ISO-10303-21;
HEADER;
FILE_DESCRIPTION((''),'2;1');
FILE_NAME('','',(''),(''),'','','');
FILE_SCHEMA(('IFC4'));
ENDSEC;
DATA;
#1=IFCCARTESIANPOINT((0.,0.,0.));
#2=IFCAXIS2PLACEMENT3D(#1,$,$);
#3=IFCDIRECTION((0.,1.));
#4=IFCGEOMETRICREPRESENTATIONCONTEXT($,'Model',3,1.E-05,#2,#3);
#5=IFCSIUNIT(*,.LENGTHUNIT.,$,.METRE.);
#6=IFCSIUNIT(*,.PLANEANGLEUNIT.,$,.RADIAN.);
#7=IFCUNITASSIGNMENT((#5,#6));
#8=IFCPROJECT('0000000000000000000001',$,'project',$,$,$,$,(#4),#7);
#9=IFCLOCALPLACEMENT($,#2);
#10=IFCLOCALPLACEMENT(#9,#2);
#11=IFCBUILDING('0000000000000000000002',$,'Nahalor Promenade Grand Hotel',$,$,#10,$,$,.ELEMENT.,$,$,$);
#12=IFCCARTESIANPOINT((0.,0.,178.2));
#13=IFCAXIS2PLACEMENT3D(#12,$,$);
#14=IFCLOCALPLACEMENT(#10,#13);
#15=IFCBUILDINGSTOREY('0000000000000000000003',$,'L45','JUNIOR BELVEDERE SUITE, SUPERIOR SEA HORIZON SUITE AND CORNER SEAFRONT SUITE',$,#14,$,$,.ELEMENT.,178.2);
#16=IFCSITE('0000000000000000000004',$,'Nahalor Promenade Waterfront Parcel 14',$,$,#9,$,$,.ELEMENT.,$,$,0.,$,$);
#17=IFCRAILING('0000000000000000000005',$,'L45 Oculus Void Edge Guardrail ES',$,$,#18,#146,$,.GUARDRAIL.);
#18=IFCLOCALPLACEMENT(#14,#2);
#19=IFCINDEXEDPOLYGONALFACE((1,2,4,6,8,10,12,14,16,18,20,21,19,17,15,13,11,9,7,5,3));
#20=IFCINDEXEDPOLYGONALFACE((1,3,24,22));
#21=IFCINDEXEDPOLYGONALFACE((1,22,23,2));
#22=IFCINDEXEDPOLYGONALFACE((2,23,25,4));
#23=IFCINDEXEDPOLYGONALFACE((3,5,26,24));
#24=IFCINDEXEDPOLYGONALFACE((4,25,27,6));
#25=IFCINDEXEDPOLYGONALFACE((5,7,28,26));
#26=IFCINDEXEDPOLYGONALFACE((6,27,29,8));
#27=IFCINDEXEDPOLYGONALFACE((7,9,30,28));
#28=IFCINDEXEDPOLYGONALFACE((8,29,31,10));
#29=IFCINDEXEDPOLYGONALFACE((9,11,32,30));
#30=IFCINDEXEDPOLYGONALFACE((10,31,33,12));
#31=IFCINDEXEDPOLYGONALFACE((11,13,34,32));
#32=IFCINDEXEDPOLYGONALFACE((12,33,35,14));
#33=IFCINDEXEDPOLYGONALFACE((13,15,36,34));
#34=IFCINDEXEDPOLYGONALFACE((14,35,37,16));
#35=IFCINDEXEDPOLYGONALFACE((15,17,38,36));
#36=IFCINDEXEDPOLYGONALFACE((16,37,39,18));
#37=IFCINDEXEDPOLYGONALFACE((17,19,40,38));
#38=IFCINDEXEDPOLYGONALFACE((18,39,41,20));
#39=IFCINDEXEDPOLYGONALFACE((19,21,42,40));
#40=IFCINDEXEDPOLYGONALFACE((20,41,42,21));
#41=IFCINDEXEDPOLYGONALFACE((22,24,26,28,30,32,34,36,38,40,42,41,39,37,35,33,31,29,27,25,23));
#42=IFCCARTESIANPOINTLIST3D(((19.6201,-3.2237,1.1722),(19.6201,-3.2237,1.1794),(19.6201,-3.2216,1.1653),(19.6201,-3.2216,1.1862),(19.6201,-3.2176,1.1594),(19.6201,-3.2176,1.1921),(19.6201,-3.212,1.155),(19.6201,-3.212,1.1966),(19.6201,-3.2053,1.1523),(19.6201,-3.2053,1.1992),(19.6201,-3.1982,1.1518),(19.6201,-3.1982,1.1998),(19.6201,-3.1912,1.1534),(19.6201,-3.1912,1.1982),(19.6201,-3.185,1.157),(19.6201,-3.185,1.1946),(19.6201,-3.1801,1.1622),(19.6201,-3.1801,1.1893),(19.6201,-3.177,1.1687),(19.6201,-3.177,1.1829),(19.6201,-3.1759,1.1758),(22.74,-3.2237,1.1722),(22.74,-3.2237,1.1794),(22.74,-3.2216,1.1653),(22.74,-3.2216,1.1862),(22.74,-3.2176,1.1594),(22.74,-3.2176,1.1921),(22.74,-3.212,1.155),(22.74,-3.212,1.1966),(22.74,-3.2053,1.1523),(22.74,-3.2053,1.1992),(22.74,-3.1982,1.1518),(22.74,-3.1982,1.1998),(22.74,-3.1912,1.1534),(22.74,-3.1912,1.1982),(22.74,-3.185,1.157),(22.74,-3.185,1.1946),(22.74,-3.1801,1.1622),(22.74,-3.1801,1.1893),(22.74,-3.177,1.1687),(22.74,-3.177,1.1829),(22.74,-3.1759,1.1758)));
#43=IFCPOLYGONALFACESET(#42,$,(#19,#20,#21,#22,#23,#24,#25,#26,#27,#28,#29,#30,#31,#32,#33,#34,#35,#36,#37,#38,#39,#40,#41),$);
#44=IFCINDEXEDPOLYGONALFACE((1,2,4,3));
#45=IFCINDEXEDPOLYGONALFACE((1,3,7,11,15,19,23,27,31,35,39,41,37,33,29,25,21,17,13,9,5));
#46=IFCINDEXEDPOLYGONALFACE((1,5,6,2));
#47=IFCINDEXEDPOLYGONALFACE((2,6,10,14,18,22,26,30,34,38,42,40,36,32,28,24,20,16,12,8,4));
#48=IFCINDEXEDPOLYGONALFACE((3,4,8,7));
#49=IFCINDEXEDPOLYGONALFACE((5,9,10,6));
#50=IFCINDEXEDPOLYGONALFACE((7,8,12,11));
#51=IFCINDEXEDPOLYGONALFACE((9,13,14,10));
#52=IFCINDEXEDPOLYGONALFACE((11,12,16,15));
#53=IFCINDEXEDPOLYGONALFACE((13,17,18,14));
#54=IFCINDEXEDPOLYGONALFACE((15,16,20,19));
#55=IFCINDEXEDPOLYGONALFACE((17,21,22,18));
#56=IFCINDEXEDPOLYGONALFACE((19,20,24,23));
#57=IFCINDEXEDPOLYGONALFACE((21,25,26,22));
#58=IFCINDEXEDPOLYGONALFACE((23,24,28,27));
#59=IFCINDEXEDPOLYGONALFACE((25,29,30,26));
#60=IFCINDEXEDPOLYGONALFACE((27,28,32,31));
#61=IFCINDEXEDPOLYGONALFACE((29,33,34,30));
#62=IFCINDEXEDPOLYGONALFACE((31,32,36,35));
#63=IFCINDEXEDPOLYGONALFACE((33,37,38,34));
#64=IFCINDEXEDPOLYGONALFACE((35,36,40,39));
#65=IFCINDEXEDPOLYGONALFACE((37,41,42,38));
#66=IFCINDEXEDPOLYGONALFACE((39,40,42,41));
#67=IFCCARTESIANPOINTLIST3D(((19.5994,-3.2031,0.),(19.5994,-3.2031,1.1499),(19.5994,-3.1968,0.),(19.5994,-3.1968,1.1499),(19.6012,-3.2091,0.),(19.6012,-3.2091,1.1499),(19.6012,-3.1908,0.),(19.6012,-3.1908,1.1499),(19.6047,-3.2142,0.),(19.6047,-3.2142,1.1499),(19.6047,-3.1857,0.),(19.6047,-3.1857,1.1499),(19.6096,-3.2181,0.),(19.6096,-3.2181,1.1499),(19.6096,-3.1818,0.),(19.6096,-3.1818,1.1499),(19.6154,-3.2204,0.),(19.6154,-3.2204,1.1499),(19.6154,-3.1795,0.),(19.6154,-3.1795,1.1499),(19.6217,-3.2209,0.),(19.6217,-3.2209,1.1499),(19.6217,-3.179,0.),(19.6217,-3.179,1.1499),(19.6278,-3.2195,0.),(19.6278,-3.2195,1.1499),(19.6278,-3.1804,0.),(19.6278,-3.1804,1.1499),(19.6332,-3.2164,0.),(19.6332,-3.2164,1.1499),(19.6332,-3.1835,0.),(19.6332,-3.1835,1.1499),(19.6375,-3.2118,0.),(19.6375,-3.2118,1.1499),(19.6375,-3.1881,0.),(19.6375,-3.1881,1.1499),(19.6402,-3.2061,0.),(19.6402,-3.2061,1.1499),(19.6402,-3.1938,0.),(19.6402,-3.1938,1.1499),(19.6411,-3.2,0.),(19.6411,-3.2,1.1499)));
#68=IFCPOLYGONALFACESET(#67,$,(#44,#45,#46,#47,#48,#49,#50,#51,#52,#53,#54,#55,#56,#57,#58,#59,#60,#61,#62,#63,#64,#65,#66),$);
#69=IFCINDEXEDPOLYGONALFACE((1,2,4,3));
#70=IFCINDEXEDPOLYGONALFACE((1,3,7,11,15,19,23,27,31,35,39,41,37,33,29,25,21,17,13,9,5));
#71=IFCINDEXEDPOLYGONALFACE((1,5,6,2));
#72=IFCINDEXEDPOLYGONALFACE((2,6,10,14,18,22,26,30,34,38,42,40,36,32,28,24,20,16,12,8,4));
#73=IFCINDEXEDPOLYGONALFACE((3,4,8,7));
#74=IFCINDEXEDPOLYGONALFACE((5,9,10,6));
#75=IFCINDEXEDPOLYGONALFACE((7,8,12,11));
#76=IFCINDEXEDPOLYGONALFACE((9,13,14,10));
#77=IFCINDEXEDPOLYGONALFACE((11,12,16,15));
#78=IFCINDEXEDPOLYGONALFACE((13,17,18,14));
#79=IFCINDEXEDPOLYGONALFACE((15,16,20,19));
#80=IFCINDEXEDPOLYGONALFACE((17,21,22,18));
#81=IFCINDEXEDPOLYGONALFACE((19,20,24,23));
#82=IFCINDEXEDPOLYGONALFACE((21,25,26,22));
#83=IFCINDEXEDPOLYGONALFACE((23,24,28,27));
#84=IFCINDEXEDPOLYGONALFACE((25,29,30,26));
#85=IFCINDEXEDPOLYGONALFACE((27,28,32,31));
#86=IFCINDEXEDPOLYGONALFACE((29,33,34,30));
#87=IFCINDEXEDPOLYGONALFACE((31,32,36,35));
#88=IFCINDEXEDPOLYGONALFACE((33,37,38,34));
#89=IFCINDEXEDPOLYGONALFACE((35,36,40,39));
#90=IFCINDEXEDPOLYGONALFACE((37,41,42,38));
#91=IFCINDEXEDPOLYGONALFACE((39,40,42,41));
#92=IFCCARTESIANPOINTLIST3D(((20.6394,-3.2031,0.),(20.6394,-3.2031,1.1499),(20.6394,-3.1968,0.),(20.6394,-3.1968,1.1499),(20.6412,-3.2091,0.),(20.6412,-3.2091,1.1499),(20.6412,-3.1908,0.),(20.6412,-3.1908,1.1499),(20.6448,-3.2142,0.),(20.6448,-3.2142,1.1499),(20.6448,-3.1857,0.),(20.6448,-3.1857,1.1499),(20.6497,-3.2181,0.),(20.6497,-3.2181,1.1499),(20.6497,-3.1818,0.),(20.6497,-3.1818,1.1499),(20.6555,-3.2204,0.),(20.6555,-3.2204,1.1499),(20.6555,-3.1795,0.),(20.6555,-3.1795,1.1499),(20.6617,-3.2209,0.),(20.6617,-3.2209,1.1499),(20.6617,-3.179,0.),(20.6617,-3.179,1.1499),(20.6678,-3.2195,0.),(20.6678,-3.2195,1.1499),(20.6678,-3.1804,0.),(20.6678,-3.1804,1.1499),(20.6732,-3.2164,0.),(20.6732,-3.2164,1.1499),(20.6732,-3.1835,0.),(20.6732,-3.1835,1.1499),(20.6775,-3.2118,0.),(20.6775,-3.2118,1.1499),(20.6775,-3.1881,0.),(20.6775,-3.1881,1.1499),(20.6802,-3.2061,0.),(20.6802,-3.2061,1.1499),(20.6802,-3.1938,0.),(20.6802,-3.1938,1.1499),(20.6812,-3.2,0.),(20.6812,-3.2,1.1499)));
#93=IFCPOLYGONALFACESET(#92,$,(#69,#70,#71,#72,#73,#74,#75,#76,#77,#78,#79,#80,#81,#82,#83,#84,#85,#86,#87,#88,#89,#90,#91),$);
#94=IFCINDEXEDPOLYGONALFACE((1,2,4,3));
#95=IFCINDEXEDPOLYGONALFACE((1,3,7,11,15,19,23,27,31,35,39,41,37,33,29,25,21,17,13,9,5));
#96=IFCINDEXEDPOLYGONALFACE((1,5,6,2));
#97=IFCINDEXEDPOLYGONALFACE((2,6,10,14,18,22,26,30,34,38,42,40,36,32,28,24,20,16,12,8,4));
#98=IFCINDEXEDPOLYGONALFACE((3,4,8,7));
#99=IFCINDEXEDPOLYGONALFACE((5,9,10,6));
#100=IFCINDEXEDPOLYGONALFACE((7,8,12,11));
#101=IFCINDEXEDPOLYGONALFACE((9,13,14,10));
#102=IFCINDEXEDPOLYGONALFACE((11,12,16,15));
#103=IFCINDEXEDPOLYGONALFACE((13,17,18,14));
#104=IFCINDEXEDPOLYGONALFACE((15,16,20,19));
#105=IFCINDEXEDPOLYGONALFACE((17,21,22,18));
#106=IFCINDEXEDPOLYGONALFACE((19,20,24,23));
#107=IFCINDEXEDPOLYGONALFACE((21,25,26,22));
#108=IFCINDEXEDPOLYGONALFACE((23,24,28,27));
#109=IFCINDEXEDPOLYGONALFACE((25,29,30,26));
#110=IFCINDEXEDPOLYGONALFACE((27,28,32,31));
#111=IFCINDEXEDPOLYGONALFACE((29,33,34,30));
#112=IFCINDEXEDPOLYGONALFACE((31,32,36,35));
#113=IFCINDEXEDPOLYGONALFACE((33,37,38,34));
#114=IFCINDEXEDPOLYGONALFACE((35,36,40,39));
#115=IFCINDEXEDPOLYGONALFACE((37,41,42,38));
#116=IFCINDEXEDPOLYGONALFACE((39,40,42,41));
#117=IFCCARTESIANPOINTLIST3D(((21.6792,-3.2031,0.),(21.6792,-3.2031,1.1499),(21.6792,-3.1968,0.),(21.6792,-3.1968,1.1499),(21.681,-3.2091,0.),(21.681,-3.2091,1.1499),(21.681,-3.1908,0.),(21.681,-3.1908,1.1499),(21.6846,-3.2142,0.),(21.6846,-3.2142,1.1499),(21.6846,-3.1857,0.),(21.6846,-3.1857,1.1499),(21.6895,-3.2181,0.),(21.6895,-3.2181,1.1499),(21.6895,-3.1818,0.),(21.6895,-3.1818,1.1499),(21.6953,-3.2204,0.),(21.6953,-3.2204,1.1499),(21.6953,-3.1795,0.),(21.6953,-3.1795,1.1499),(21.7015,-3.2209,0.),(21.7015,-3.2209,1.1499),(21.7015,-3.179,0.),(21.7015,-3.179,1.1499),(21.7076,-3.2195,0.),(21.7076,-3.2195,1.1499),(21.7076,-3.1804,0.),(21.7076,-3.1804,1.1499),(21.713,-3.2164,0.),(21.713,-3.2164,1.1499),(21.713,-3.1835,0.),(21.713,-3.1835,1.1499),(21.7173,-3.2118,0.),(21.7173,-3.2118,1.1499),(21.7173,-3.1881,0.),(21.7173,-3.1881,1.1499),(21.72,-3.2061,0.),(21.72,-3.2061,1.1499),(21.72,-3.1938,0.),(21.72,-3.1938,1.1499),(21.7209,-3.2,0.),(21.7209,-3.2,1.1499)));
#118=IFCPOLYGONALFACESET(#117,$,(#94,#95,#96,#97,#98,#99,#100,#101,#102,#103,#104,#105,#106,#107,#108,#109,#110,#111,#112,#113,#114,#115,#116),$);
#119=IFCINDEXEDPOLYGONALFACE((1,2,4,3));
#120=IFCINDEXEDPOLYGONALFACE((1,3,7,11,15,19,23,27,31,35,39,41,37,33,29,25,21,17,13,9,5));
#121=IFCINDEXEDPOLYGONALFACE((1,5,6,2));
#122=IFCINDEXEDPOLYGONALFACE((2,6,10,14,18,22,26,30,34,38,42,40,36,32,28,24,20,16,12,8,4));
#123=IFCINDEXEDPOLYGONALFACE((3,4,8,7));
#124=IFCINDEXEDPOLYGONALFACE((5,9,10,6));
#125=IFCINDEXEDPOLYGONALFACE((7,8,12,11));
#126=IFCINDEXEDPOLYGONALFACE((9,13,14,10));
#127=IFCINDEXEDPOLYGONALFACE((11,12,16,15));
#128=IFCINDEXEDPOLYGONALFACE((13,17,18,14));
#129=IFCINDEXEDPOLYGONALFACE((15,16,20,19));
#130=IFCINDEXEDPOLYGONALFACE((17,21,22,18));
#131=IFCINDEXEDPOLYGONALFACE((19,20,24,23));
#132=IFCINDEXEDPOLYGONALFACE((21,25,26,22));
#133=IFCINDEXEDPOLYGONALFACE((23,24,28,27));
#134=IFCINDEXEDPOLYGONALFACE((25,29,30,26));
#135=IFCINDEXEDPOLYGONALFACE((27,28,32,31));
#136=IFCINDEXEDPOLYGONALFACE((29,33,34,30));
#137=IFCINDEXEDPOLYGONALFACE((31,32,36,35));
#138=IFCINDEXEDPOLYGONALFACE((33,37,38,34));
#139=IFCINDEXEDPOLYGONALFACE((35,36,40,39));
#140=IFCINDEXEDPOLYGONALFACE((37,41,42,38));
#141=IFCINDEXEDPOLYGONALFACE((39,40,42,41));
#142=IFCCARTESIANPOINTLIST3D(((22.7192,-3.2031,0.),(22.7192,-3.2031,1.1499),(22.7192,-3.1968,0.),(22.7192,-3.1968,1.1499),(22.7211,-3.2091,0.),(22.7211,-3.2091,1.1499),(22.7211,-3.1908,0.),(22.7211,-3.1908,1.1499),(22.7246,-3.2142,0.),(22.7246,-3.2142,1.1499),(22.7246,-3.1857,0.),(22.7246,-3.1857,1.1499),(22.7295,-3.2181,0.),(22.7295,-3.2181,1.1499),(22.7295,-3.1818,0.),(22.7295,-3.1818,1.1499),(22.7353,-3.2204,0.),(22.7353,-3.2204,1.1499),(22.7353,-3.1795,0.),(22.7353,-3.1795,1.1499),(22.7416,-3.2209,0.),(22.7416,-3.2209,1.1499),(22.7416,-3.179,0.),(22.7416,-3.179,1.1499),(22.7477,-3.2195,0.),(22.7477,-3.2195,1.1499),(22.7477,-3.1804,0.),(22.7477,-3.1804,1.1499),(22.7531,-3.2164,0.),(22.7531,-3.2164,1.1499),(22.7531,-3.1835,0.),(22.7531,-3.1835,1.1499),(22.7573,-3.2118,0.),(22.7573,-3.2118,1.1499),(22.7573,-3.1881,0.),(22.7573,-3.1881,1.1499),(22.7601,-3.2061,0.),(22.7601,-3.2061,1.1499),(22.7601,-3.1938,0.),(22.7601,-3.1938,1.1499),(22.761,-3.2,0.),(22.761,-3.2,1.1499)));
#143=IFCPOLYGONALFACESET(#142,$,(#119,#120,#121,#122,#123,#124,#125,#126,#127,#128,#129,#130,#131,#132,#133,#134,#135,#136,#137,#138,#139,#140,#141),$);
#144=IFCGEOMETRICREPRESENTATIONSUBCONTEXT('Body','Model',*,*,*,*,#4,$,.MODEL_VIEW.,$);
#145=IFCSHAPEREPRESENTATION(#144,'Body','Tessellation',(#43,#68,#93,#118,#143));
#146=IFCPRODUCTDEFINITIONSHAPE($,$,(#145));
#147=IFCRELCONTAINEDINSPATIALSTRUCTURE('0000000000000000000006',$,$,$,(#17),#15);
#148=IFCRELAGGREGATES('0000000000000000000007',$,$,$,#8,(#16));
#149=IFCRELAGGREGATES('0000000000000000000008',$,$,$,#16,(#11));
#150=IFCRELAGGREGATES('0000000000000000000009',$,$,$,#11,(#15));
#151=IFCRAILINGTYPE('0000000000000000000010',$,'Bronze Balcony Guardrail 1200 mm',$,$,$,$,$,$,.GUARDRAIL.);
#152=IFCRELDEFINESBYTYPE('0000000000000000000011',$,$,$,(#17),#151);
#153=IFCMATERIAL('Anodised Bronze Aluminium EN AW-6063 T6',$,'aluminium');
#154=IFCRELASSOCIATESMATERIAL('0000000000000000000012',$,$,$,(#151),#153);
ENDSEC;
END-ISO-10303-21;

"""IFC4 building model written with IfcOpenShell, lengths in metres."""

from ifc_helpers import new_model, si_unit, direction, frame, origin, origin_2d, place, context, subcontext, project, spatial, circle, extrude, material, type_object, element, save


model = new_model("IFC4")

# Units and contexts
model_context = context("Model", 3, precision=1e-05, world=origin(), true_north=direction((0.0, 1.0)))
body_context = subcontext(model_context, "Body", "Model", "MODEL_VIEW")
ifc_project = project(units=[si_unit("LENGTHUNIT", "METRE"), si_unit("PLANEANGLEUNIT", "RADIAN")], contexts=[model_context])

# Site, building, storey
site_placement = place(None, origin())
site = spatial("IfcSite", under=ifc_project, at=site_placement, Name="Nahalor Promenade Waterfront Parcel 14", CompositionType="ELEMENT", RefElevation=0.0)
building_placement = place(site_placement, origin())
building = spatial("IfcBuilding", under=site, at=building_placement, Name="Nahalor Promenade Grand Hotel", CompositionType="ELEMENT")
storey_placement = place(building_placement, frame((0.0, 0.0, 178.2)))
storey = spatial("IfcBuildingStorey", under=building, at=storey_placement, Name="L45", Description="JUNIOR BELVEDERE SUITE, SUPERIOR SEA HORIZON SUITE AND CORNER SEAFRONT SUITE", CompositionType="ELEMENT", Elevation=178.2)

# Shared definitions
ifc_material_1 = material(Name="Anodised Bronze Aluminium EN AW-6063 T6", Category="aluminium")

# Railing
railing_type = type_object("IfcRailingType", Name="Bronze Balcony Guardrail 1200 mm", PredefinedType="GUARDRAIL", material=ifc_material_1)
railing_placement = place(storey_placement, frame((19.6201, -3.2, 0.0)))
element("IfcRailing", 1, at=railing_placement, inside=storey, type_object=railing_type, Name="L45 Oculus Void Edge Guardrail ES", PredefinedType="GUARDRAIL", context=body_context, shape_type="SweptSolid", body=[
    extrude(circle(Radius=0.024, at=origin_2d()), frame((0.0, 0.0, 1.1758), z_axis=(1.0, 0.0, 0.0), x_axis=(0.0, 1.0, 0.0)), (0.0, 0.0, 1.0), 3.1199),
    extrude(circle(Radius=0.021, at=origin_2d()), origin(), (0.0, 0.0, 1.0), 1.1499),
    extrude(circle(Radius=0.021, at=origin_2d()), frame((1.04, 0.0, 0.0)), (0.0, 0.0, 1.0), 1.1499),
    extrude(circle(Radius=0.021, at=origin_2d()), frame((2.0798, 0.0, 0.0)), (0.0, 0.0, 1.0), 1.1499),
    extrude(circle(Radius=0.021, at=origin_2d()), frame((3.1199, 0.0, 0.0)), (0.0, 0.0, 1.0), 1.1499),
])

save(model, "model.ifc")
